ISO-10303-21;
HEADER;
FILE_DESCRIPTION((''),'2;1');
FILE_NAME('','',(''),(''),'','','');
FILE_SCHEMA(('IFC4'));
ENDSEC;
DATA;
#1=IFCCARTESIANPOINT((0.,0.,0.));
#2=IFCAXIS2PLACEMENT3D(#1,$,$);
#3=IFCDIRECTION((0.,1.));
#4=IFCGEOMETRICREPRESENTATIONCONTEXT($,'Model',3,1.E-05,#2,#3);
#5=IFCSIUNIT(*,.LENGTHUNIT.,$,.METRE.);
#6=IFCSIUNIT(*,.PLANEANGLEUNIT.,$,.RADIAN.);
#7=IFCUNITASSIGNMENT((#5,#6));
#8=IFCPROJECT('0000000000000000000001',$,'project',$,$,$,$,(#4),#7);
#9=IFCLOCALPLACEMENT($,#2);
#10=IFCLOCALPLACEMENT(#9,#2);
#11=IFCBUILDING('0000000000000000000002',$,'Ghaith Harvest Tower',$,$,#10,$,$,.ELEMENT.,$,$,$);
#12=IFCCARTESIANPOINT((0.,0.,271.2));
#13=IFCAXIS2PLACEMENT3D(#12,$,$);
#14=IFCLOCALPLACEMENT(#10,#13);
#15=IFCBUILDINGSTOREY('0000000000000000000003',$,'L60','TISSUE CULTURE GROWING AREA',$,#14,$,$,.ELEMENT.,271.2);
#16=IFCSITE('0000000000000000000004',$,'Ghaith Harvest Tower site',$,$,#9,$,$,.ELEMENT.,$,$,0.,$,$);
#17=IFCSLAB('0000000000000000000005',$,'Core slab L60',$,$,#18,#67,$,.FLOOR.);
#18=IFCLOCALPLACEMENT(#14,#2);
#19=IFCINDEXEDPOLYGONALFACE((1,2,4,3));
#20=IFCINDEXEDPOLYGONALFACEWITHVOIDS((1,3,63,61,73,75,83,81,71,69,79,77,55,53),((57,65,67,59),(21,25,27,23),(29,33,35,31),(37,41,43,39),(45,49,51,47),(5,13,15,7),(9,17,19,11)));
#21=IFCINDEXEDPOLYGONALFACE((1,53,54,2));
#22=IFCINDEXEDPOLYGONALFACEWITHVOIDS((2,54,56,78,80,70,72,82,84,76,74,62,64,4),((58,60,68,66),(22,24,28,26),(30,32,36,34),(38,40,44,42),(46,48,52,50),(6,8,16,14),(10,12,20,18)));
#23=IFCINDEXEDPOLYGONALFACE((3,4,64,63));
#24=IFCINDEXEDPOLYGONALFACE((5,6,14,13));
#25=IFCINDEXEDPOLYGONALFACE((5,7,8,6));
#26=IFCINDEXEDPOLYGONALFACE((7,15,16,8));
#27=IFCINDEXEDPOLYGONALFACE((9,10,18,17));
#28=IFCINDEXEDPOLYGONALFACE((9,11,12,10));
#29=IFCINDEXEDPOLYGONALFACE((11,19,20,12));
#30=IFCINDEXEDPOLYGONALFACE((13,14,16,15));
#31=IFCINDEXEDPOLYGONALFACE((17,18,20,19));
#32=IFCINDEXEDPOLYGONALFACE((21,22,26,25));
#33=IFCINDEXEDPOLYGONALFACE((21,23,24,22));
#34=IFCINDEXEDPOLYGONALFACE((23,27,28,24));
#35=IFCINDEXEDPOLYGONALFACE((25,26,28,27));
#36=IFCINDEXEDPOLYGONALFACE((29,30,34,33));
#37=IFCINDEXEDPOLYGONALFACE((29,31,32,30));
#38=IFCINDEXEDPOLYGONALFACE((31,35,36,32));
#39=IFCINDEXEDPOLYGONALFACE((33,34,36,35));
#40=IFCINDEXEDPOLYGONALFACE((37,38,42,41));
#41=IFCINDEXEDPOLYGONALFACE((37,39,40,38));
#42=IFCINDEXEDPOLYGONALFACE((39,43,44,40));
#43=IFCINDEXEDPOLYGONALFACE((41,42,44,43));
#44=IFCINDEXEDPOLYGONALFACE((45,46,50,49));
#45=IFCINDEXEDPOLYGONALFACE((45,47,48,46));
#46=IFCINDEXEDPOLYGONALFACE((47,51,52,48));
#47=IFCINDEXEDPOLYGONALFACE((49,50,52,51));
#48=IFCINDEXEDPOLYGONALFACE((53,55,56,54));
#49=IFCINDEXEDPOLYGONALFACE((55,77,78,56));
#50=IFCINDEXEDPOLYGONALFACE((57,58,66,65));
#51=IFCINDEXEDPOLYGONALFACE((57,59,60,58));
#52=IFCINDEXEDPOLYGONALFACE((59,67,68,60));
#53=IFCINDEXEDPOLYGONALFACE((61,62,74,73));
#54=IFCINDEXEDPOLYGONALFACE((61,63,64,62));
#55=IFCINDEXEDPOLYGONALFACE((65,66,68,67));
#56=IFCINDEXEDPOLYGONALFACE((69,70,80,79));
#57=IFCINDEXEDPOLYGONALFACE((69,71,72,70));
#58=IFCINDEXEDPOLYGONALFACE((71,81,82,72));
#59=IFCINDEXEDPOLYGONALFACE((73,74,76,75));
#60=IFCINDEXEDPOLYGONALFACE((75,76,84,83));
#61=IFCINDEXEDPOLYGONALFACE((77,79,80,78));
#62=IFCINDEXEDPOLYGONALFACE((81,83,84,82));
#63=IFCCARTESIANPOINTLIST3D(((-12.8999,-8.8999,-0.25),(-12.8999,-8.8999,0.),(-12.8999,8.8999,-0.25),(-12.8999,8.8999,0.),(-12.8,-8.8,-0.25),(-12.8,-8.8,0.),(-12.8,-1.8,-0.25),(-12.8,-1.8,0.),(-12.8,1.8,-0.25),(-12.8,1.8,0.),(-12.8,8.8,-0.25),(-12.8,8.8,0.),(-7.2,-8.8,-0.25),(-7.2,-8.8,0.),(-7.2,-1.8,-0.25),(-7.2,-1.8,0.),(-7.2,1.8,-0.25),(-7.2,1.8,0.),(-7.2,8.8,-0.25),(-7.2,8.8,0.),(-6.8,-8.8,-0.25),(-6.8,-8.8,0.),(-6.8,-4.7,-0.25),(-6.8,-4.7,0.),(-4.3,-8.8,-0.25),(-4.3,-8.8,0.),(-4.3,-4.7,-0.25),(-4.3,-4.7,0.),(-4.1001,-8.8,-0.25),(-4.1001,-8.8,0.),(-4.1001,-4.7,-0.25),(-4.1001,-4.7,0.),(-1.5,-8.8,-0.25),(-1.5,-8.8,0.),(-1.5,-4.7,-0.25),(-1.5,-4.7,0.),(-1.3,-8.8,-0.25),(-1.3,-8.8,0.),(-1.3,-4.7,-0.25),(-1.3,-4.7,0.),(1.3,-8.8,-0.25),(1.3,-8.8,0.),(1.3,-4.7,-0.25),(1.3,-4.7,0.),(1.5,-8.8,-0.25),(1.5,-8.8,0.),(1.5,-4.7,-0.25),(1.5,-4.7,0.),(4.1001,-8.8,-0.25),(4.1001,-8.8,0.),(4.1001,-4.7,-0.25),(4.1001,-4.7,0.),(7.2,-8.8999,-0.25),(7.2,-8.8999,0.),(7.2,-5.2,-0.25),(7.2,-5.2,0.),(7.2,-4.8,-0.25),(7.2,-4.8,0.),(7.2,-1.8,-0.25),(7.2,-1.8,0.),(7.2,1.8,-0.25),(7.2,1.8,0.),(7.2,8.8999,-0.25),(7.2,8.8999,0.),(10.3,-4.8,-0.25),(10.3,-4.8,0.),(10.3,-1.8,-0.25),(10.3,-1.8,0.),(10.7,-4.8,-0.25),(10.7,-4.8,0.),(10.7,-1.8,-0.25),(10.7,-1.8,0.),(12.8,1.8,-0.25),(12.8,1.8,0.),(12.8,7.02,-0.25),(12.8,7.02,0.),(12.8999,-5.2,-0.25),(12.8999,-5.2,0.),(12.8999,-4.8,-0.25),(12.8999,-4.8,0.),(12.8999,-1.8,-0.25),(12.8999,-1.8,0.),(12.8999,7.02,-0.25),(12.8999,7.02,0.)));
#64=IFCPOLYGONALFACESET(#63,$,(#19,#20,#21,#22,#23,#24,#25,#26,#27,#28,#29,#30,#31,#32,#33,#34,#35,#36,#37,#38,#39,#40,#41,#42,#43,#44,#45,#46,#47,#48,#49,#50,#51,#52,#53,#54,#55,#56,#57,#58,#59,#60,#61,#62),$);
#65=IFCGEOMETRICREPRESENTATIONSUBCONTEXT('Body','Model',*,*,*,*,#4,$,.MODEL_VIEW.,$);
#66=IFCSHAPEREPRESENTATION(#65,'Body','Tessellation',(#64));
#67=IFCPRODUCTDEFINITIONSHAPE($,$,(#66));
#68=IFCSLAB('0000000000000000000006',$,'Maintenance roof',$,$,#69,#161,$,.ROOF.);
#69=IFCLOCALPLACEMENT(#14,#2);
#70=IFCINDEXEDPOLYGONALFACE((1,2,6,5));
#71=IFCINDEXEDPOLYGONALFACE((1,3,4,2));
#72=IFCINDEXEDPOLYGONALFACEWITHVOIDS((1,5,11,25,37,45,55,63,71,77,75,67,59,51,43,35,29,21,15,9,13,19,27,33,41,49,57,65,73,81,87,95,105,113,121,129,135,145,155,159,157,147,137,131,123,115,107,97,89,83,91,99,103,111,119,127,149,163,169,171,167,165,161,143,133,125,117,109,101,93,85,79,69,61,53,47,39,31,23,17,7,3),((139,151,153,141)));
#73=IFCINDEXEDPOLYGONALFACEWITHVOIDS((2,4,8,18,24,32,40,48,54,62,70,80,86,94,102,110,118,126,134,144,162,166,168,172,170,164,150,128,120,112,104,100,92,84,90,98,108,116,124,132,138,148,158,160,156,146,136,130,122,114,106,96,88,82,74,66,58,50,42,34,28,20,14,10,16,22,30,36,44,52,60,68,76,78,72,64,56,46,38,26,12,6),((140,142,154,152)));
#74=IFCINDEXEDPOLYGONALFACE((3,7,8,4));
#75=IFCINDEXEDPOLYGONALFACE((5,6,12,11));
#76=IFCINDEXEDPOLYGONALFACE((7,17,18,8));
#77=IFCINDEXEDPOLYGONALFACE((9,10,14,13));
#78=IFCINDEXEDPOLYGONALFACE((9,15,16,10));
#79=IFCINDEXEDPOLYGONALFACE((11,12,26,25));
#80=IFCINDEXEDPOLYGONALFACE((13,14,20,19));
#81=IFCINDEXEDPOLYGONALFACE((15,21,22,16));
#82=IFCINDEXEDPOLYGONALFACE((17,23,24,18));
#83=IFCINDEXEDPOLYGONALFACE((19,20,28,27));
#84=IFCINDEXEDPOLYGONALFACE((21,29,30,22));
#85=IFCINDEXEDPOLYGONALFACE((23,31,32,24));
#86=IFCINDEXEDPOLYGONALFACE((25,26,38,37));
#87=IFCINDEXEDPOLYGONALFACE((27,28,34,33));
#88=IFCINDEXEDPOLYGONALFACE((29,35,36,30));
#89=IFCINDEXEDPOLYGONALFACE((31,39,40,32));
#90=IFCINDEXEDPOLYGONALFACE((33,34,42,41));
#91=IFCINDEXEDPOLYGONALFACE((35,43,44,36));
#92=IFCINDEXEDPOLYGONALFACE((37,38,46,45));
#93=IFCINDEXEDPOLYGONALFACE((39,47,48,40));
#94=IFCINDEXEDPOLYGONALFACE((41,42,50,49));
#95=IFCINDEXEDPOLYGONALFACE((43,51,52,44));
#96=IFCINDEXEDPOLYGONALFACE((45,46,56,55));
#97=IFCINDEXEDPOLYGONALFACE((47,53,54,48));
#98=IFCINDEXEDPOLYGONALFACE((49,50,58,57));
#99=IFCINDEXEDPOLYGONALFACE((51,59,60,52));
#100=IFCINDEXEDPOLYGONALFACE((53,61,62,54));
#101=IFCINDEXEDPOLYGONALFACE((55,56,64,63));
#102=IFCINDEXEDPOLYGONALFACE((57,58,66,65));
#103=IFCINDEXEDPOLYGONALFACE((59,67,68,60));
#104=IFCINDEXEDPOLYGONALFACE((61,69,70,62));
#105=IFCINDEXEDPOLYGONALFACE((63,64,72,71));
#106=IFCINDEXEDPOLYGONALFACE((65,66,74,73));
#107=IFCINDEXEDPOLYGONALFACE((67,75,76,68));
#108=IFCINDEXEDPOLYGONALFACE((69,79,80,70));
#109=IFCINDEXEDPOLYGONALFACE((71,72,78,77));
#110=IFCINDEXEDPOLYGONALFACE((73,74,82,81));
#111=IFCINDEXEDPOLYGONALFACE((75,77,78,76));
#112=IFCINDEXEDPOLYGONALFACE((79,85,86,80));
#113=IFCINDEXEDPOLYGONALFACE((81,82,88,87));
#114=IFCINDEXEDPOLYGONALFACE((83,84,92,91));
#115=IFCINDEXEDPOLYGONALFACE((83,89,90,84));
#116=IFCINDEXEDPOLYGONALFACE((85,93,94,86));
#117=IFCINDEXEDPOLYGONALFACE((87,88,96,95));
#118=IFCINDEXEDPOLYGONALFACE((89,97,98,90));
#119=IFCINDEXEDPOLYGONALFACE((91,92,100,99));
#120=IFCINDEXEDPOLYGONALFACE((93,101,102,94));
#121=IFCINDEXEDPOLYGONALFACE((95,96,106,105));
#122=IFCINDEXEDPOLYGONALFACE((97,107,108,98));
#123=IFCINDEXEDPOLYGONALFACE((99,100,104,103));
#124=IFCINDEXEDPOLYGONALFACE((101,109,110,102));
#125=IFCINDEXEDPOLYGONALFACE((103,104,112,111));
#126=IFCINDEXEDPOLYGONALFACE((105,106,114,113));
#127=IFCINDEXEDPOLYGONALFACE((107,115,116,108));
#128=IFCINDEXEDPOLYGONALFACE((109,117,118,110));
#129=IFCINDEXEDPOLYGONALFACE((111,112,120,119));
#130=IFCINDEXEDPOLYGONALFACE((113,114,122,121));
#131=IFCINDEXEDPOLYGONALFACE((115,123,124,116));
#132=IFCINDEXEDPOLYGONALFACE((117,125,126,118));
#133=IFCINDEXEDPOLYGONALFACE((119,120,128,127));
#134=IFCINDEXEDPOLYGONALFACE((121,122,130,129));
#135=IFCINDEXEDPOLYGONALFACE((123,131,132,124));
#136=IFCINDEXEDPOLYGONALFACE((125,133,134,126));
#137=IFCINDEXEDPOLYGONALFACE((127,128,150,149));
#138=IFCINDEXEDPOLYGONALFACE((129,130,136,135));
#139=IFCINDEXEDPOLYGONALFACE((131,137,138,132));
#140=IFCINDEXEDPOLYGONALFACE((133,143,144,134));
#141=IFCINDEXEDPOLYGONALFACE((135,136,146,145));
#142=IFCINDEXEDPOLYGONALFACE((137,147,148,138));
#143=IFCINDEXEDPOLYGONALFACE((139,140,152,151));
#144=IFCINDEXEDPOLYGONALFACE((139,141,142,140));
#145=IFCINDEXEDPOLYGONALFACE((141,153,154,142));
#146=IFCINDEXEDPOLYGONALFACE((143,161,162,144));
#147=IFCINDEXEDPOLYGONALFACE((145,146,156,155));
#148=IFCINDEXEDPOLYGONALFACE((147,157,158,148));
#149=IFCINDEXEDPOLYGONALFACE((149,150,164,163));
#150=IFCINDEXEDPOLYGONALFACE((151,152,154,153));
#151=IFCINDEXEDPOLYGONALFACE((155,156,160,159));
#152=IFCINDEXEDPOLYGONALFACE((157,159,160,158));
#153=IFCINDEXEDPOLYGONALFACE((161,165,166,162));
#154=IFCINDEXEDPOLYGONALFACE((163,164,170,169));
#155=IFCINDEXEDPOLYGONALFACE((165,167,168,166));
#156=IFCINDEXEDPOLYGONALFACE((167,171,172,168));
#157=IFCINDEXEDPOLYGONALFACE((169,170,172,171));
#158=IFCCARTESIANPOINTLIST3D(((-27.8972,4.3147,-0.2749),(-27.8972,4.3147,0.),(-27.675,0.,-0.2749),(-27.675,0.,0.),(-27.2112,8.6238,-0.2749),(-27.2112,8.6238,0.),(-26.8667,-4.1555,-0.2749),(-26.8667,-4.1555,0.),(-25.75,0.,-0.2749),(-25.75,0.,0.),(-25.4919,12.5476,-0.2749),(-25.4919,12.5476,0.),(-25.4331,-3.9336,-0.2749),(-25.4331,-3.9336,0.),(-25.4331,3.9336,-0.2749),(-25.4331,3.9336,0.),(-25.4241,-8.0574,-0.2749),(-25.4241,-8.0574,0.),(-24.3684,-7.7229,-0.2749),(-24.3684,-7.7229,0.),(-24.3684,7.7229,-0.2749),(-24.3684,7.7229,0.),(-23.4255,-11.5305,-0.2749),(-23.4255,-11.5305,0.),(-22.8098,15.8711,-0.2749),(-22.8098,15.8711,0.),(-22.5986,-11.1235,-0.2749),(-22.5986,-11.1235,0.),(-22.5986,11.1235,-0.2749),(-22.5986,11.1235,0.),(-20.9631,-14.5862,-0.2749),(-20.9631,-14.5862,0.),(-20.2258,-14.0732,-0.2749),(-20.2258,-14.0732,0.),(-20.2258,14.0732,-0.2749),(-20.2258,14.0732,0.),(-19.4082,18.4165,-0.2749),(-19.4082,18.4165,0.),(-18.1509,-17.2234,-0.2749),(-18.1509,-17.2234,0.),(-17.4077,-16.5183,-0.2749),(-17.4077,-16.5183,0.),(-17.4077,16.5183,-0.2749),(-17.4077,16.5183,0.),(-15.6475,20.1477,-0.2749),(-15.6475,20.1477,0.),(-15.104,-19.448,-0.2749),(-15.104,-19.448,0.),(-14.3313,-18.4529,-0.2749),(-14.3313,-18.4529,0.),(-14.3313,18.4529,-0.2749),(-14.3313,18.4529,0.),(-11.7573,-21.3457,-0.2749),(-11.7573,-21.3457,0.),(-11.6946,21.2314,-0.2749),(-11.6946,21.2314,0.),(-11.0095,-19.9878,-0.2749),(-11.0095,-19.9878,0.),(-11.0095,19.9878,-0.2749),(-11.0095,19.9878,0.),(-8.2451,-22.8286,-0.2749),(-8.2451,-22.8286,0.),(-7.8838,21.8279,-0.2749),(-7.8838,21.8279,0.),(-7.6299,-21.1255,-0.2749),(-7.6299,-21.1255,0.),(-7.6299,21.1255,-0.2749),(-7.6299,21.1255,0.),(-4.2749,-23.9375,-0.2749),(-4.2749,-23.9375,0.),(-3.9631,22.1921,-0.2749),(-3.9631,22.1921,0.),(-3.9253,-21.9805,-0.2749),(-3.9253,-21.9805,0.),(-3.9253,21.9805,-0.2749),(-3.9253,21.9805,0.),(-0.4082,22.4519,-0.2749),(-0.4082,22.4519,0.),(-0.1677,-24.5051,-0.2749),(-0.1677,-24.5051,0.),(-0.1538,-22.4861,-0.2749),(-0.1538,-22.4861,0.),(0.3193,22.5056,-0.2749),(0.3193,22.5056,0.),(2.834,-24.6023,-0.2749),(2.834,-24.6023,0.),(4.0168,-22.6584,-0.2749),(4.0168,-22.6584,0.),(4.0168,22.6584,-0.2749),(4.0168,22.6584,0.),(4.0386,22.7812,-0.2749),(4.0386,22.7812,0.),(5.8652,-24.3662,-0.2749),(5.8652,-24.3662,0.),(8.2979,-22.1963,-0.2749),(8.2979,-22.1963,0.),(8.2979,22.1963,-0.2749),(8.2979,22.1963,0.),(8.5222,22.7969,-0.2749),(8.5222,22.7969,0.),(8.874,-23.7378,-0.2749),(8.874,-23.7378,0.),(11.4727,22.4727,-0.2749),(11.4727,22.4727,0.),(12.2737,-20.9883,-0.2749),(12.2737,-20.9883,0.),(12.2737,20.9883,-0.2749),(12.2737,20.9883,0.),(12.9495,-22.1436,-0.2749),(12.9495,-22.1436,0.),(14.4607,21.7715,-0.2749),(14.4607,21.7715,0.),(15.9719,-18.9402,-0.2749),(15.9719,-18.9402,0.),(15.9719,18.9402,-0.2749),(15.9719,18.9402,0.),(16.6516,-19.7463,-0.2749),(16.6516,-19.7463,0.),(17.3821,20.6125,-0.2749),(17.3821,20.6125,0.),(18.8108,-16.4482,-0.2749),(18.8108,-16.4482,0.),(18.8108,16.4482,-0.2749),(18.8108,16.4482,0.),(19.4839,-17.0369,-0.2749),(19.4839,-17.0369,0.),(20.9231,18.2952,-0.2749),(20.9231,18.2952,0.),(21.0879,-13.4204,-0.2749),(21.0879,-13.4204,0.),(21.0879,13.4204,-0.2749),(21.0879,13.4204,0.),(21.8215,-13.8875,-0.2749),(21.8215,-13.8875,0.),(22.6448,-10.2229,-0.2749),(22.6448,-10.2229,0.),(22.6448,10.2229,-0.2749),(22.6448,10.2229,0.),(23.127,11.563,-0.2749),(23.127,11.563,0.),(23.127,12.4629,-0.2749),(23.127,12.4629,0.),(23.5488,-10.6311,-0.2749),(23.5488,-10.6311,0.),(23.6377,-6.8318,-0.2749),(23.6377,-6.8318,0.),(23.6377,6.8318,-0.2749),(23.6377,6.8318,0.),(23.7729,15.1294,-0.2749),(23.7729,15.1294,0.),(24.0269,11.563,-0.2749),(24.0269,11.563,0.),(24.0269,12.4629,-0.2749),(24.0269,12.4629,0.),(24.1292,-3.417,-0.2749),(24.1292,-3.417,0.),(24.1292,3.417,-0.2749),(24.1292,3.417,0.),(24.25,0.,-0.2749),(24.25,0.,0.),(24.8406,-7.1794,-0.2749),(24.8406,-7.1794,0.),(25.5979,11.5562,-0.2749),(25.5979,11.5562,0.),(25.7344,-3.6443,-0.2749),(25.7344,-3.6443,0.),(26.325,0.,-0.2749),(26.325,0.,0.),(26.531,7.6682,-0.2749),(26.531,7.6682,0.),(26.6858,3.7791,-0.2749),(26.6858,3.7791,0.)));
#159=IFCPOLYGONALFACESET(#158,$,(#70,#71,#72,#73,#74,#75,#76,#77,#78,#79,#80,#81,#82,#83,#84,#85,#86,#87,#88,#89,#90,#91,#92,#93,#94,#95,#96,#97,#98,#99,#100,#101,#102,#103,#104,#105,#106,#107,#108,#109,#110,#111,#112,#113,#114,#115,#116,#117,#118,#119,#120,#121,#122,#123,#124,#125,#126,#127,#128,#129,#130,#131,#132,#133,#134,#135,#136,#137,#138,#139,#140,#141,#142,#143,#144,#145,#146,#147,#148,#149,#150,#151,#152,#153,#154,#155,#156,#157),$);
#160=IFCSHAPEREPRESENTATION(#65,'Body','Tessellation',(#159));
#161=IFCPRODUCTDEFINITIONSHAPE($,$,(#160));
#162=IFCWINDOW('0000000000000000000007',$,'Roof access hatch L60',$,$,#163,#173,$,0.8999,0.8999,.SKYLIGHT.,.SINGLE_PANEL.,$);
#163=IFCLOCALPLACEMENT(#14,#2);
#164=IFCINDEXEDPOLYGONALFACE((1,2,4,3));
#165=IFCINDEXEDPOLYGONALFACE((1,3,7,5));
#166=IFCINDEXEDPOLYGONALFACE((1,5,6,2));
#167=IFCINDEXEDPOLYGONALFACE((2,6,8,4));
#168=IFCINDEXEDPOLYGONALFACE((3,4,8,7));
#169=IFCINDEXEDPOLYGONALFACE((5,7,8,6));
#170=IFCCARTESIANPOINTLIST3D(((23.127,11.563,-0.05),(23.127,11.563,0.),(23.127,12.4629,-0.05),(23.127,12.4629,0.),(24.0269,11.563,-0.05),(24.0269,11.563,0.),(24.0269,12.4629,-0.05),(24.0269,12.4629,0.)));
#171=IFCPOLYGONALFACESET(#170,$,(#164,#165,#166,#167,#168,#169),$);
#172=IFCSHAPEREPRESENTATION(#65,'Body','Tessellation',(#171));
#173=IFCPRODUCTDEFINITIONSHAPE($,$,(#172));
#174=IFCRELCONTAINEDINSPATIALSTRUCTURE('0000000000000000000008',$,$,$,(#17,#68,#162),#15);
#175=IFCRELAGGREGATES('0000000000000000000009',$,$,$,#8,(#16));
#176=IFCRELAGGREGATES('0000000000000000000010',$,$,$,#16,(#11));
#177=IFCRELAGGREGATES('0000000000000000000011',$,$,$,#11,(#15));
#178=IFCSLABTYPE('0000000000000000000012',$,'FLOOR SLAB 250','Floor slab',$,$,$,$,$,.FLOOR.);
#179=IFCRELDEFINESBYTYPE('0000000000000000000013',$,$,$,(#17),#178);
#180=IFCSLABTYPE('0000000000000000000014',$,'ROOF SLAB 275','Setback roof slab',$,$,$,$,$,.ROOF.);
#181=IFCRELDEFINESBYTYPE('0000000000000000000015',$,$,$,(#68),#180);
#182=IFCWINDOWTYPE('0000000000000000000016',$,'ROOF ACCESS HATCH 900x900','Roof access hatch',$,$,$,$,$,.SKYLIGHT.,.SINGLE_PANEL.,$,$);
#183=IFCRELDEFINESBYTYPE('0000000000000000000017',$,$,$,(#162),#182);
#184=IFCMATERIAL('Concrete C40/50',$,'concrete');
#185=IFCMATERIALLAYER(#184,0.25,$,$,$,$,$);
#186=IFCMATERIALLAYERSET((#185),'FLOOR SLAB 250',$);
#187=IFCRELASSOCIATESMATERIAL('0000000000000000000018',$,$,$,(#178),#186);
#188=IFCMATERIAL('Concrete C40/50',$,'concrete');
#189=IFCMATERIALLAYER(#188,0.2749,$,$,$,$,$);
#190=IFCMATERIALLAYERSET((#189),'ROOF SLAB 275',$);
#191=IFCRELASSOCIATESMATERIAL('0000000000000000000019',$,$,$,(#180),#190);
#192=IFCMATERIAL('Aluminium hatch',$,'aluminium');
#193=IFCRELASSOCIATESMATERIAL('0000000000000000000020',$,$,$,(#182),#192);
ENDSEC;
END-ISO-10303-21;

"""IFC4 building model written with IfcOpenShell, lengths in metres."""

from ifc_helpers import new_model, si_unit, direction, frame, origin, origin_2d, place, context, subcontext, project, spatial, polyline, rectangle, outline, extrude, material, layer, layer_set, type_object, element, fill, save


model = new_model("IFC4")

# Units and contexts
model_context = context("Model", 3, precision=1e-05, world=origin(), true_north=direction((0.0, 1.0)))
body_context = subcontext(model_context, "Body", "Model", "MODEL_VIEW")
ifc_project = project(units=[si_unit("LENGTHUNIT", "METRE"), si_unit("PLANEANGLEUNIT", "RADIAN")], contexts=[model_context])

# Site, building, storey
site_placement = place(None, origin())
site = spatial("IfcSite", under=ifc_project, at=site_placement, Name="Ghaith Harvest Tower site", CompositionType="ELEMENT", RefElevation=0.0)
building_placement = place(site_placement, origin())
building = spatial("IfcBuilding", under=site, at=building_placement, Name="Ghaith Harvest Tower", CompositionType="ELEMENT")
storey_placement = place(building_placement, frame((0.0, 0.0, 271.2)))
storey = spatial("IfcBuildingStorey", under=building, at=storey_placement, Name="L60", Description="TISSUE CULTURE GROWING AREA", CompositionType="ELEMENT", Elevation=271.2)

# Slab
ifc_material_1 = material(Name="Concrete C40/50", Category="concrete")
ifc_layer_1 = layer(ifc_material_1, 0.25)
ifc_layer_set_1 = layer_set([ifc_layer_1], Name="FLOOR SLAB 250")
slab_type_1 = type_object("IfcSlabType", Name="FLOOR SLAB 250", Description="Floor slab", PredefinedType="FLOOR", material=ifc_layer_set_1)
slab_1_placement = place(storey_placement, frame((0.0, 0.0, -0.25)))
element("IfcSlab", 1, at=slab_1_placement, inside=storey, type_object=slab_type_1, Name="Core slab L60", PredefinedType="FLOOR", context=body_context, shape_type="SweptSolid", body=[
    extrude(outline(polyline([(-12.8999, 8.8999), (7.2, 8.8999), (7.2, 1.8), (12.8, 1.8), (12.8, 7.02), (12.8999, 7.02), (12.8999, -1.8), (10.7, -1.8), (10.7, -4.8), (12.8999, -4.8), (12.8999, -5.2), (7.2, -5.2), (7.2, -8.8999), (-12.8999, -8.8999), (-12.8999, 8.8999)]), holes=[polyline([(-4.3, -4.7), (-6.8, -4.7), (-6.8, -8.8), (-4.3, -8.8), (-4.3, -4.7)]), polyline([(-1.5, -4.7), (-4.1001, -4.7), (-4.1001, -8.8), (-1.5, -8.8), (-1.5, -4.7)]), polyline([(1.3, -8.8), (1.3, -4.7), (-1.3, -4.7), (-1.3, -8.8), (1.3, -8.8)]), polyline([(4.1001, -8.8), (4.1001, -4.7), (1.5, -4.7), (1.5, -8.8), (4.1001, -8.8)]), polyline([(-7.2, -1.8), (-12.8, -1.8), (-12.8, -8.8), (-7.2, -8.8), (-7.2, -1.8)]), polyline([(10.3, -1.8), (7.2, -1.8), (7.2, -4.8), (10.3, -4.8), (10.3, -1.8)]), polyline([(-12.8, 1.8), (-7.2, 1.8), (-7.2, 8.8), (-12.8, 8.8), (-12.8, 1.8)])]), origin(), (0.0, 0.0, 1.0), 0.25),
])

# Slab, opening, window
ifc_material_2 = material(Name="Concrete C40/50", Category="concrete")
ifc_layer_2 = layer(ifc_material_2, 0.2749)
ifc_layer_set_2 = layer_set([ifc_layer_2], Name="ROOF SLAB 275")
slab_type_2 = type_object("IfcSlabType", Name="ROOF SLAB 275", Description="Setback roof slab", PredefinedType="ROOF", material=ifc_layer_set_2)
slab_2_placement = place(storey_placement, frame((0.0, 0.0, -0.2749)))
slab_2 = element("IfcSlab", 2, at=slab_2_placement, inside=storey, type_object=slab_type_2, Name="Maintenance roof", PredefinedType="ROOF", context=body_context, shape_type="SweptSolid", body=[
    extrude(outline(polyline([(25.7344, -3.6443), (24.8406, -7.1794), (23.5488, -10.6311), (21.8215, -13.8875), (19.4839, -17.0369), (16.6516, -19.7463), (12.9495, -22.1436), (8.874, -23.7378), (5.8652, -24.3662), (2.834, -24.6023), (-0.1677, -24.5051), (-4.2749, -23.9375), (-8.2451, -22.8286), (-11.7573, -21.3457), (-15.104, -19.448), (-18.1509, -17.2234), (-20.9631, -14.5862), (-23.4255, -11.5305), (-25.4241, -8.0574), (-26.8667, -4.1555), (-27.675, 0.0), (-27.8972, 4.3147), (-27.2112, 8.6238), (-25.4919, 12.5476), (-22.8098, 15.8711), (-19.4082, 18.4165), (-15.6475, 20.1477), (-11.6946, 21.2314), (-7.8838, 21.8279), (-3.9631, 22.1921), (-0.4082, 22.4519), (-3.9253, 21.9805), (-7.6299, 21.1255), (-11.0095, 19.9878), (-14.3313, 18.4529), (-17.4077, 16.5183), (-20.2258, 14.0732), (-22.5986, 11.1235), (-24.3684, 7.7229), (-25.4331, 3.9336), (-25.75, 0.0), (-25.4331, -3.9336), (-24.3684, -7.7229), (-22.5986, -11.1235), (-20.2258, -14.0732), (-17.4077, -16.5183), (-14.3313, -18.4529), (-11.0095, -19.9878), (-7.6299, -21.1255), (-3.9253, -21.9805), (-0.1538, -22.4861), (4.0168, -22.6584), (8.2979, -22.1963), (12.2737, -20.9883), (15.9719, -18.9402), (18.8108, -16.4482), (21.0879, -13.4204), (22.6448, -10.2229), (23.6377, -6.8318), (24.1292, -3.417), (24.25, 0.0), (24.1292, 3.417), (23.6377, 6.8318), (22.6448, 10.2229), (21.0879, 13.4204), (18.8108, 16.4482), (15.9719, 18.9402), (12.2737, 20.9883), (8.2979, 22.1963), (4.0168, 22.6584), (0.3193, 22.5056), (4.0386, 22.7812), (8.5222, 22.7969), (11.4727, 22.4727), (14.4607, 21.7715), (17.3821, 20.6125), (20.9231, 18.2952), (23.7729, 15.1294), (25.5979, 11.5562), (26.531, 7.6682), (26.6858, 3.7791), (26.325, 0.0), (25.7344, -3.6443)])), origin(), (0.0, 0.0, 1.0), 0.2749),
])
opening_1_placement = place(slab_2_placement, frame((23.5769, 12.0129, 0.0)))
opening_1 = element("IfcOpeningElement", 3, at=opening_1_placement, cuts=slab_2, PredefinedType="OPENING", context=body_context, shape_type="SweptSolid", body=[
    extrude(rectangle(XDim=0.8999, YDim=0.8999, at=origin_2d()), origin(), (0.0, 0.0, 1.0), 0.2749),
])
ifc_material_3 = material(Name="Aluminium hatch", Category="aluminium")
window_type = type_object("IfcWindowType", Name="ROOF ACCESS HATCH 900x900", Description="Roof access hatch", PartitioningType="SINGLE_PANEL", PredefinedType="SKYLIGHT", material=ifc_material_3)
window_placement = place(opening_1_placement, frame((0.0, 0.0, 0.2249)))
window = element("IfcWindow", 4, at=window_placement, inside=storey, type_object=window_type, Name="Roof access hatch L60", OverallHeight=0.8999, OverallWidth=0.8999, PartitioningType="SINGLE_PANEL", PredefinedType="SKYLIGHT", context=body_context, shape_type="SweptSolid", body=[
    extrude(rectangle(XDim=0.8999, YDim=0.8999, at=origin_2d()), origin(), (0.0, 0.0, 1.0), 0.05),
])
fill(opening_1, window)

save(model, "model.ifc")
